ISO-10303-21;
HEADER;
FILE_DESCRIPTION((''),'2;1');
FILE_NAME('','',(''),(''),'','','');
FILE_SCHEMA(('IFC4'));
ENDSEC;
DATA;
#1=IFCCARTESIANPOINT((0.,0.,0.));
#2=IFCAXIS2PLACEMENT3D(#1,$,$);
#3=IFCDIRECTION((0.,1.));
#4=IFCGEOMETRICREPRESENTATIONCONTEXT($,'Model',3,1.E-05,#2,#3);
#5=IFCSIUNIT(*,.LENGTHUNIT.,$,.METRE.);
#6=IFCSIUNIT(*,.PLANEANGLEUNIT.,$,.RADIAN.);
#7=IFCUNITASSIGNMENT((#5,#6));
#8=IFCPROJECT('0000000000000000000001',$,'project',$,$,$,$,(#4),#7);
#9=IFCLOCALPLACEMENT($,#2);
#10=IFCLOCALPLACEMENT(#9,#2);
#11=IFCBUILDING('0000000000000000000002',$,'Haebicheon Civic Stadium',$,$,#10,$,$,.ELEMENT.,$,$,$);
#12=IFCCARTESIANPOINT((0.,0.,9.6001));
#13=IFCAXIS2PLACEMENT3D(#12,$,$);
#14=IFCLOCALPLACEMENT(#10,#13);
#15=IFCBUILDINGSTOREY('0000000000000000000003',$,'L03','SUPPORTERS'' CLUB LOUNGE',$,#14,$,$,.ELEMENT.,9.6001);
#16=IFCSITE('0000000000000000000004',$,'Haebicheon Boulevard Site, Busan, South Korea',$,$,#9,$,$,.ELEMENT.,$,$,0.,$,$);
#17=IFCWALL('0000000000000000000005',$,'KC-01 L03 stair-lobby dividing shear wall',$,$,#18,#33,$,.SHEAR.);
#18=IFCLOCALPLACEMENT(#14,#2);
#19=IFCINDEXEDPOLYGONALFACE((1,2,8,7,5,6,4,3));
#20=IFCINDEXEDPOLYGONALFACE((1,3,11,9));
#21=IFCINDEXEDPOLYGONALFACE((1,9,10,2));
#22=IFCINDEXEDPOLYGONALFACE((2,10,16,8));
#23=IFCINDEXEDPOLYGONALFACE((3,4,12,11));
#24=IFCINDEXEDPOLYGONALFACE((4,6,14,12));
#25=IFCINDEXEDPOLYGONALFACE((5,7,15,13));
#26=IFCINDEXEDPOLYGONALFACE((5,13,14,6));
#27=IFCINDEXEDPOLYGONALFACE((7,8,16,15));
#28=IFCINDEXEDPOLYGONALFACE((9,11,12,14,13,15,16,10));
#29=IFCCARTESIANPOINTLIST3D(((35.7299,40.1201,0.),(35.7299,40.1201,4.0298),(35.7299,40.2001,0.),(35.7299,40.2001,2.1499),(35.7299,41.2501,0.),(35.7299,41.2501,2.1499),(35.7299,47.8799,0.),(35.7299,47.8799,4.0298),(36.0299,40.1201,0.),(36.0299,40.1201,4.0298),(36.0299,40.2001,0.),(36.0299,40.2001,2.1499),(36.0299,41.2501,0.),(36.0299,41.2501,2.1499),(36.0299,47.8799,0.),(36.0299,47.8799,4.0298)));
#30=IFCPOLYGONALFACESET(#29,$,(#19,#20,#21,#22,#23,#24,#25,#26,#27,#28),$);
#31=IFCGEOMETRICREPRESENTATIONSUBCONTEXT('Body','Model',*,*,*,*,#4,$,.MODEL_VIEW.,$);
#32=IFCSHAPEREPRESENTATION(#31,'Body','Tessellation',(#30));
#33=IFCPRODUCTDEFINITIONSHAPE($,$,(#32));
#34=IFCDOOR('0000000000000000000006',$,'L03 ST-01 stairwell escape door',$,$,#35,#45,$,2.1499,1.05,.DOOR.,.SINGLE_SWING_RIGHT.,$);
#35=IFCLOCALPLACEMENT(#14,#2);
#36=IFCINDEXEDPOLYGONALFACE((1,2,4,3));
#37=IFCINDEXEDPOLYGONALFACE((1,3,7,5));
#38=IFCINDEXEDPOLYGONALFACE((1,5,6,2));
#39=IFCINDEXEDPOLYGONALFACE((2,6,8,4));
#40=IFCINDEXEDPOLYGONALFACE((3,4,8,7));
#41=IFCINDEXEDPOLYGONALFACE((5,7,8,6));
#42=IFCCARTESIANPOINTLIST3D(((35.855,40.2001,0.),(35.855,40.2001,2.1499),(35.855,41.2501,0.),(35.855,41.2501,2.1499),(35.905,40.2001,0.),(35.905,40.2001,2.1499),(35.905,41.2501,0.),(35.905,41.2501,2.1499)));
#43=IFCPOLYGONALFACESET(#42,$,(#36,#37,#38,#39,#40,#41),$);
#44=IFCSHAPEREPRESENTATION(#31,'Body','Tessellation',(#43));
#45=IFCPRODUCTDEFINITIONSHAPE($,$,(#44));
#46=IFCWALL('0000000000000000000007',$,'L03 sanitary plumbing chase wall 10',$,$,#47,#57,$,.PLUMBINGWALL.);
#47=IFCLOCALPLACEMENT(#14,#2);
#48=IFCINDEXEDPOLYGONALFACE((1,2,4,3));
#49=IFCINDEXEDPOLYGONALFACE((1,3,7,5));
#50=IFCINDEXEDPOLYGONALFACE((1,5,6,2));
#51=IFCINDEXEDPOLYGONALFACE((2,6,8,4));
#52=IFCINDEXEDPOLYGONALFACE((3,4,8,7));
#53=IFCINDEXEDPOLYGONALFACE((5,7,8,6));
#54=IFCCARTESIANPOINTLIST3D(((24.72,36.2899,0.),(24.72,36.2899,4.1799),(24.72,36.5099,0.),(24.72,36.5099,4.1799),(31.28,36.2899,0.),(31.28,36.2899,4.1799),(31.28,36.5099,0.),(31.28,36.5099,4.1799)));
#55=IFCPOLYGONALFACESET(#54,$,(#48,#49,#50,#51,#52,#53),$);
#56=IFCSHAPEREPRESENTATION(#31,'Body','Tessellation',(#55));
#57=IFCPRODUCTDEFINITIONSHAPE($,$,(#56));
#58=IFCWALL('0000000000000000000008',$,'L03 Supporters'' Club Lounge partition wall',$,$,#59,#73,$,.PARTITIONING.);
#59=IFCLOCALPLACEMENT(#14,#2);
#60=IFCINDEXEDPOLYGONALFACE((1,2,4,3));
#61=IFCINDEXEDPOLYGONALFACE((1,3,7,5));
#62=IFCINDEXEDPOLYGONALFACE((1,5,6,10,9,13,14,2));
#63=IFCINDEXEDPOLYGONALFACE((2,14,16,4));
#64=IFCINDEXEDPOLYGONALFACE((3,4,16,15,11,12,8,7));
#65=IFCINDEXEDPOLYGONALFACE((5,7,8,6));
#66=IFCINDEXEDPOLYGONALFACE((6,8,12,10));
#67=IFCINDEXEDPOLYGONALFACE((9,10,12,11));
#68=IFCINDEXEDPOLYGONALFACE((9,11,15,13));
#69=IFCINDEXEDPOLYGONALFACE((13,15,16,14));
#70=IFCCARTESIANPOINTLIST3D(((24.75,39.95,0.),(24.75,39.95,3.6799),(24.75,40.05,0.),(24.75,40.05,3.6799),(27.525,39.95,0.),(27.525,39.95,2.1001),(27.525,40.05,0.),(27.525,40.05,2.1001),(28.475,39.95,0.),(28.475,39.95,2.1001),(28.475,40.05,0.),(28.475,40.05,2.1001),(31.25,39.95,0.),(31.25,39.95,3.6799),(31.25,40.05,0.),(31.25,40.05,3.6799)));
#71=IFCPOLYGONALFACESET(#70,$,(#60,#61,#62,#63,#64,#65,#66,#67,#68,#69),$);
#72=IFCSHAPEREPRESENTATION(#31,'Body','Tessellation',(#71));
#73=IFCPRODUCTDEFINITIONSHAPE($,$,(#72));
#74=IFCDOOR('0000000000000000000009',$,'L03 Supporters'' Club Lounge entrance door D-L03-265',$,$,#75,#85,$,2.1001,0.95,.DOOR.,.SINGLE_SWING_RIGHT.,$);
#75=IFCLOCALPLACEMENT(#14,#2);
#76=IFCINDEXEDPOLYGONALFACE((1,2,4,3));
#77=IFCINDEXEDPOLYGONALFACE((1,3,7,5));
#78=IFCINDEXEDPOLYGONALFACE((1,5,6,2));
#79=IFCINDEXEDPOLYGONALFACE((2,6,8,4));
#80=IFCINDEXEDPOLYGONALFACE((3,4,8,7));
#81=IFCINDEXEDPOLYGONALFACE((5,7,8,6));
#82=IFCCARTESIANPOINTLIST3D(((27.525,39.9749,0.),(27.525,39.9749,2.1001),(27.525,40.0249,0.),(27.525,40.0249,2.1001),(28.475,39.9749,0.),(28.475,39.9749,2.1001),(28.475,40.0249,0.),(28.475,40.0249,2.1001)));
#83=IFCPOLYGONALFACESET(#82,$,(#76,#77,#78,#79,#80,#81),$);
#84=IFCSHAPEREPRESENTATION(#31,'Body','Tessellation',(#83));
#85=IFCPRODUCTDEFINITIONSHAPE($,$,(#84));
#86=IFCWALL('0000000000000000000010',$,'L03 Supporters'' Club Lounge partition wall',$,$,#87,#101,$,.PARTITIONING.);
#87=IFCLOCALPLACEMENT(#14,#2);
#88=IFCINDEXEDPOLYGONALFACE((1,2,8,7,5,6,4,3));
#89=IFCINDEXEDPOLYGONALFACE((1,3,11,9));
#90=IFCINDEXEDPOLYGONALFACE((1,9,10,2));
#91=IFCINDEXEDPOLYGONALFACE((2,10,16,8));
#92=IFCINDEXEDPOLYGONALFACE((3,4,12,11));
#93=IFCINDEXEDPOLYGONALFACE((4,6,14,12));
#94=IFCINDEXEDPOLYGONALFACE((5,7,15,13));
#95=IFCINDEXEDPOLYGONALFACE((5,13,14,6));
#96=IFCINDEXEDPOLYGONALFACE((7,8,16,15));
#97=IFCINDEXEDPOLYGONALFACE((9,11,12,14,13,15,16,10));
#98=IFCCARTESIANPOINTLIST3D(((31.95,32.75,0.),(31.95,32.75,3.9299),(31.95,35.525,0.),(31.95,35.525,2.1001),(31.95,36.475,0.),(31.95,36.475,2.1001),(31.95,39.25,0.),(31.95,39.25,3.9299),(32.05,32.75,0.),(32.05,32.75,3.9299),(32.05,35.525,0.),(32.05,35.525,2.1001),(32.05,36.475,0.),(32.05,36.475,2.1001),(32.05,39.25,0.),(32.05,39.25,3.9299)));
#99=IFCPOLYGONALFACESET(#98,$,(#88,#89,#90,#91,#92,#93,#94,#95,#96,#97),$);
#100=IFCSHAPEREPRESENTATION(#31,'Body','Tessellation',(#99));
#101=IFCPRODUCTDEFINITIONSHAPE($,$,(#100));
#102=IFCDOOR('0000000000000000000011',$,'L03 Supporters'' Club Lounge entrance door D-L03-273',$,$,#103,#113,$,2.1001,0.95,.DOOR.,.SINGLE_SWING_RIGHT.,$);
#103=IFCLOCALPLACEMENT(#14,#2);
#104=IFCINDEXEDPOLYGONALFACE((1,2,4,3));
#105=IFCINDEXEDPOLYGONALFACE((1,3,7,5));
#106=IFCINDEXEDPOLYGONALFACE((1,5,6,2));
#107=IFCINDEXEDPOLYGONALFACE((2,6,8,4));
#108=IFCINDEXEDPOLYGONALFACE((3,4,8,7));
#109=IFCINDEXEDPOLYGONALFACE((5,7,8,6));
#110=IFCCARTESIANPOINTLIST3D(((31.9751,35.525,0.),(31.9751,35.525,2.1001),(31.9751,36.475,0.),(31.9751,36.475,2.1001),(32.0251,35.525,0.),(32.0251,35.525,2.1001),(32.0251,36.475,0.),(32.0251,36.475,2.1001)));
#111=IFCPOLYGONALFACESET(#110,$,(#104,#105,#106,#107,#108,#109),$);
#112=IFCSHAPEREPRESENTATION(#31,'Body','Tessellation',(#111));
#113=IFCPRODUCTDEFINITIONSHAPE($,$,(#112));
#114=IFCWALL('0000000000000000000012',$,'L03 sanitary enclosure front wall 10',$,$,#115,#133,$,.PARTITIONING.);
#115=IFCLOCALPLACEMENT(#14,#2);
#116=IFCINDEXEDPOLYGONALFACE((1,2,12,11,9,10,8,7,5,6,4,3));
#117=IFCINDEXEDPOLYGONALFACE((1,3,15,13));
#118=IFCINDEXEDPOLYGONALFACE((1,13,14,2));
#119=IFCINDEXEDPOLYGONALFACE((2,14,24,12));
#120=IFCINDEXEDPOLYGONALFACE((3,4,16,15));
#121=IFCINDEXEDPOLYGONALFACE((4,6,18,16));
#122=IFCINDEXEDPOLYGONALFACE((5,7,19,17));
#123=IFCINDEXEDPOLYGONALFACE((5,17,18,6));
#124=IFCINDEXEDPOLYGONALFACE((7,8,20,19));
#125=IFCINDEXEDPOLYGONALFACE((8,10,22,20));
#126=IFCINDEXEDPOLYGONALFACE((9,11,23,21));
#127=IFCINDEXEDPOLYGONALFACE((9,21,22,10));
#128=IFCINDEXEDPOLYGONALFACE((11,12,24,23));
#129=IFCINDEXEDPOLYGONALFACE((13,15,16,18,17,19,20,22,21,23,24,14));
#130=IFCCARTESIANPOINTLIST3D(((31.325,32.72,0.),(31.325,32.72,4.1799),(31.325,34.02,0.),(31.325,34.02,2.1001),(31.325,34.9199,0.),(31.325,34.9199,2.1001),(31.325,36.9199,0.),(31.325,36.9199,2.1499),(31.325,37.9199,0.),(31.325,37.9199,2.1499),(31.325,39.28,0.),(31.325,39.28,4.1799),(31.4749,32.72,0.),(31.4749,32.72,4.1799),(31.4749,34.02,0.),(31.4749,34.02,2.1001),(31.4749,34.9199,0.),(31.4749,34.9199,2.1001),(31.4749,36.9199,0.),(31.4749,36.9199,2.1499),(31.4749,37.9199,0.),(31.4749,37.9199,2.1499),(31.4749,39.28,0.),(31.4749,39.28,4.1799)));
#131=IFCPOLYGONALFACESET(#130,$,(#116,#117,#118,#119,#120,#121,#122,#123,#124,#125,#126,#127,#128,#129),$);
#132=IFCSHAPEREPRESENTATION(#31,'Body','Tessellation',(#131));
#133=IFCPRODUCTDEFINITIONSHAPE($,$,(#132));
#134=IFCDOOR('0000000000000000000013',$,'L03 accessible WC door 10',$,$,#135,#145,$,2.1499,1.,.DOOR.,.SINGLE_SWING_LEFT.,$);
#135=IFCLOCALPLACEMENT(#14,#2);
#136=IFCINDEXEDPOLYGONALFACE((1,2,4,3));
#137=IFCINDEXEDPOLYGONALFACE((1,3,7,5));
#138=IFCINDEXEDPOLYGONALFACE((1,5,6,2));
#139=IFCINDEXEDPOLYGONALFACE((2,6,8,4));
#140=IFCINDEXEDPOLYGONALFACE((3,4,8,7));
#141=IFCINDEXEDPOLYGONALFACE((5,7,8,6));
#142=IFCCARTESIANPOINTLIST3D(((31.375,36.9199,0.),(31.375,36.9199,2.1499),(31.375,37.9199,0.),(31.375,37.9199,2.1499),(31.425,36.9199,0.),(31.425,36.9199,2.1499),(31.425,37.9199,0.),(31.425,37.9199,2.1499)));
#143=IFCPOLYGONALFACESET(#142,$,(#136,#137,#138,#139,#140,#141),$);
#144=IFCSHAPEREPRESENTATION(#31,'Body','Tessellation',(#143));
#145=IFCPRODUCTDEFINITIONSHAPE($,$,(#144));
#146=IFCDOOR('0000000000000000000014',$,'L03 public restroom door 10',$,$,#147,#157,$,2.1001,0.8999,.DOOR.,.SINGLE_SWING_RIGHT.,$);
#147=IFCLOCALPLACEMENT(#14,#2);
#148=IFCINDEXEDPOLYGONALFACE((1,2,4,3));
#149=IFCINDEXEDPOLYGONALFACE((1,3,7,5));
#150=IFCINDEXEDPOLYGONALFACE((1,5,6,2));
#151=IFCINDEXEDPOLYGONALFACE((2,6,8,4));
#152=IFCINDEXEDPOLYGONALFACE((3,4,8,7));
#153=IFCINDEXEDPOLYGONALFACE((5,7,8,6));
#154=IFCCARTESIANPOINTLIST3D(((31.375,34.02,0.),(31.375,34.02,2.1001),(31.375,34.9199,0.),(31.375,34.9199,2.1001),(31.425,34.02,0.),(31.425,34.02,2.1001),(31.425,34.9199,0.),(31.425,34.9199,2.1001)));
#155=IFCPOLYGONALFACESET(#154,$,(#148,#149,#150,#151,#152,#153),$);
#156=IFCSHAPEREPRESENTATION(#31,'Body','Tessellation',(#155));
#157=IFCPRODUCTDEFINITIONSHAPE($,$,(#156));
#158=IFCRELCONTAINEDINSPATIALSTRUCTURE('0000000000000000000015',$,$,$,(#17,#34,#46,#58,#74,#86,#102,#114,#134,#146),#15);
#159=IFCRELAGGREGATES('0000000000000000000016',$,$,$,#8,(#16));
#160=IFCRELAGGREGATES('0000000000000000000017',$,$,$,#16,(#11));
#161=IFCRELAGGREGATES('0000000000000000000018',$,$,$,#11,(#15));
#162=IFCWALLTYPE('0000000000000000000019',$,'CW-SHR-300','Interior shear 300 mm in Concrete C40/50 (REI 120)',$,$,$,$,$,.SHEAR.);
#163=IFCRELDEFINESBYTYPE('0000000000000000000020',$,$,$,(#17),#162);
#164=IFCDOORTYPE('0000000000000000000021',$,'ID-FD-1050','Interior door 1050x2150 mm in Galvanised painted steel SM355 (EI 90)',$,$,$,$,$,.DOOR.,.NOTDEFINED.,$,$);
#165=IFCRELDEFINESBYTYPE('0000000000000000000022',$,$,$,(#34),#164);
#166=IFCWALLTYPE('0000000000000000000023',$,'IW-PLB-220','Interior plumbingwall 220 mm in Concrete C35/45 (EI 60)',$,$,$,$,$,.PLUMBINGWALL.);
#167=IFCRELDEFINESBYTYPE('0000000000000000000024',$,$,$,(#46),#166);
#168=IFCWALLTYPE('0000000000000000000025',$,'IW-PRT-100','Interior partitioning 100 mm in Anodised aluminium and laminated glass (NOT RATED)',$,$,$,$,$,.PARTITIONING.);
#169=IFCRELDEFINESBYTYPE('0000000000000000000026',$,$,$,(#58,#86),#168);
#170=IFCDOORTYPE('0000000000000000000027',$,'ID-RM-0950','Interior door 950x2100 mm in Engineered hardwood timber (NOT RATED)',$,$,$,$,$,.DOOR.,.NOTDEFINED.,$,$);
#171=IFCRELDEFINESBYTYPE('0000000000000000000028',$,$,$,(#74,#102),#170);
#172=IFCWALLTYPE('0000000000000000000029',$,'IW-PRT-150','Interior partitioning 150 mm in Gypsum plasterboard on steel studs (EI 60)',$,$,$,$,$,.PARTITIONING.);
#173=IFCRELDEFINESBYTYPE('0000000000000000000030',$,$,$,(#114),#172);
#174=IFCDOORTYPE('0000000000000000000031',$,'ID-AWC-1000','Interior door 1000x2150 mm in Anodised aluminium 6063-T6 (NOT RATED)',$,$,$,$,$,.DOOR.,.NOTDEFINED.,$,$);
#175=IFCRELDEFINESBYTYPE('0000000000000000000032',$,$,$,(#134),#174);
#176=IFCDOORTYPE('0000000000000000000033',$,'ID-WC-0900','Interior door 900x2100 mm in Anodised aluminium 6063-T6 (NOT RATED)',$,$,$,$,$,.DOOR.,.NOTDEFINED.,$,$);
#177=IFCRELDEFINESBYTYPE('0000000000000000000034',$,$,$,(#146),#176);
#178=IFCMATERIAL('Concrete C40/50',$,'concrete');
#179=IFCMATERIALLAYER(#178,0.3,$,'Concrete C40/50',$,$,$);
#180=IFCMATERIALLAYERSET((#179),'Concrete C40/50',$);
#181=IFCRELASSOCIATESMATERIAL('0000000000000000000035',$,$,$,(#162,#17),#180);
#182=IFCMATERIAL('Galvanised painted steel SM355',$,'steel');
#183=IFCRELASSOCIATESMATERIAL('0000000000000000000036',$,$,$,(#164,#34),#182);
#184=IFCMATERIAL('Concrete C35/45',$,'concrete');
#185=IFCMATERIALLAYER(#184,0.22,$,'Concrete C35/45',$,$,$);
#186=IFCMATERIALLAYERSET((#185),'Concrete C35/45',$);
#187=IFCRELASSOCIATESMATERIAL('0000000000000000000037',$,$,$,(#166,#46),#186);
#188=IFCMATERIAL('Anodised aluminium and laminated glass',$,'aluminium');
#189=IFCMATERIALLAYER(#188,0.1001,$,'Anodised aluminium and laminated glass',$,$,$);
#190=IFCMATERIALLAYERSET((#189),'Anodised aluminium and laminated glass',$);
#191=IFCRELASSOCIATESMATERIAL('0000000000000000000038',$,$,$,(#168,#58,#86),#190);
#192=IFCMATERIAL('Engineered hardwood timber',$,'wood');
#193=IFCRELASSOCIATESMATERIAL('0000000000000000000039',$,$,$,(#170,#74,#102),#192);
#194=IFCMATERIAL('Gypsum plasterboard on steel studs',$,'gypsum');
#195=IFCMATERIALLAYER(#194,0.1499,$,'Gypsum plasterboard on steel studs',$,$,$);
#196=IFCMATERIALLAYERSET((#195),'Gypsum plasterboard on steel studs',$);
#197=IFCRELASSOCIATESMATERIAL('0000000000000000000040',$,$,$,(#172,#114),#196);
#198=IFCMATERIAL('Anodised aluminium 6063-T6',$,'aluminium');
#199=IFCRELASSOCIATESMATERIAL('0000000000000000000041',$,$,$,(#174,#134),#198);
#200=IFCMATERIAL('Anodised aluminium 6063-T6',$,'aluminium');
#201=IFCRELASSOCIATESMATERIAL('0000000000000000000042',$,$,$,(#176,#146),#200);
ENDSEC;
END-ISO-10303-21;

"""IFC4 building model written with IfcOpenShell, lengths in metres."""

from ifc_helpers import new_model, si_unit, direction, frame, frame_2d, origin, place, context, subcontext, project, spatial, rectangle, extrude, material, layer, layer_set, type_object, element, fill, save


model = new_model("IFC4")

# Units and contexts
model_context = context("Model", 3, precision=1e-05, world=origin(), true_north=direction((0.0, 1.0)))
body_context = subcontext(model_context, "Body", "Model", "MODEL_VIEW")
ifc_project = project(units=[si_unit("LENGTHUNIT", "METRE"), si_unit("PLANEANGLEUNIT", "RADIAN")], contexts=[model_context])

# Site, building, storey
site_placement = place(None, origin())
site = spatial("IfcSite", under=ifc_project, at=site_placement, Name="Haebicheon Boulevard Site, Busan, South Korea", CompositionType="ELEMENT", RefElevation=0.0)
building_placement = place(site_placement, origin())
building = spatial("IfcBuilding", under=site, at=building_placement, Name="Haebicheon Civic Stadium", CompositionType="ELEMENT")
storey_placement = place(building_placement, frame((0.0, 0.0, 9.6001)))
storey = spatial("IfcBuildingStorey", under=building, at=storey_placement, Name="L03", Description="SUPPORTERS' CLUB LOUNGE", CompositionType="ELEMENT", Elevation=9.6001)

# Wall, opening, door
ifc_material_1 = material(Name="Concrete C40/50", Category="concrete")
ifc_layer_1 = layer(ifc_material_1, 0.3, Name="Concrete C40/50")
ifc_layer_set_1 = layer_set([ifc_layer_1], Name="Concrete C40/50")
wall_type_1 = type_object("IfcWallType", Name="CW-SHR-300", Description="Interior shear 300 mm in Concrete C40/50 (REI 120)", PredefinedType="SHEAR", material=ifc_layer_set_1)
wall_1_placement = place(storey_placement, frame((35.8799, 40.1201, 0.0), z_axis=(0.0, 0.0, 1.0), x_axis=(0.0, 1.0, 0.0)))
wall_1 = element("IfcWall", 1, at=wall_1_placement, inside=storey, type_object=wall_type_1, material=ifc_layer_set_1, Name="KC-01 L03 stair-lobby dividing shear wall", PredefinedType="SHEAR", context=body_context, shape_type="SweptSolid", body=[
    extrude(rectangle(XDim=7.7598, YDim=0.3, at=frame_2d((3.8799, 0.0))), origin(), (0.0, 0.0, 1.0), 4.0298),
])
opening_1_placement = place(wall_1_placement, frame((0.0801, 0.0, 0.0)))
opening_1 = element("IfcOpeningElement", 2, at=opening_1_placement, cuts=wall_1, PredefinedType="OPENING", context=body_context, shape_type="SweptSolid", body=[
    extrude(rectangle(XDim=1.05, YDim=2.1499, at=frame_2d((0.5249, 1.075))), frame((0.0, 0.1599, 0.0), z_axis=(0.0, -1.0, 0.0), x_axis=(1.0, 0.0, 0.0)), (0.0, 0.0, 1.0), 0.3201),
])
ifc_material_2 = material(Name="Galvanised painted steel SM355", Category="steel")
door_type_1 = type_object("IfcDoorType", Name="ID-FD-1050", Description="Interior door 1050x2150 mm in Galvanised painted steel SM355 (EI 90)", OperationType="NOTDEFINED", PredefinedType="DOOR", material=ifc_material_2)
door_1_placement = place(opening_1_placement, origin())
door_1 = element("IfcDoor", 3, at=door_1_placement, inside=storey, type_object=door_type_1, material=ifc_material_2, Name="L03 ST-01 stairwell escape door", OperationType="SINGLE_SWING_RIGHT", OverallHeight=2.1499, OverallWidth=1.05, PredefinedType="DOOR", context=body_context, shape_type="SweptSolid", body=[
    extrude(rectangle(XDim=1.05, YDim=2.1499, at=frame_2d((0.5249, 1.075))), frame((0.0, 0.0249, 0.0), z_axis=(0.0, -1.0, 0.0), x_axis=(1.0, 0.0, 0.0)), (0.0, 0.0, 1.0), 0.05),
])
fill(opening_1, door_1)

# Wall
ifc_material_3 = material(Name="Concrete C35/45", Category="concrete")
ifc_layer_2 = layer(ifc_material_3, 0.22, Name="Concrete C35/45")
ifc_layer_set_2 = layer_set([ifc_layer_2], Name="Concrete C35/45")
wall_type_2 = type_object("IfcWallType", Name="IW-PLB-220", Description="Interior plumbingwall 220 mm in Concrete C35/45 (EI 60)", PredefinedType="PLUMBINGWALL", material=ifc_layer_set_2)
wall_2_placement = place(storey_placement, frame((24.72, 36.3999, 0.0), z_axis=(0.0, 0.0, 1.0), x_axis=(1.0, 0.0, 0.0)))
element("IfcWall", 4, at=wall_2_placement, inside=storey, type_object=wall_type_2, material=ifc_layer_set_2, Name="L03 sanitary plumbing chase wall 10", PredefinedType="PLUMBINGWALL", context=body_context, shape_type="SweptSolid", body=[
    extrude(rectangle(XDim=6.5601, YDim=0.22, at=frame_2d((3.28, 0.0))), origin(), (0.0, 0.0, 1.0), 4.1799),
])

# Walls, openings, doors
ifc_material_4 = material(Name="Anodised aluminium and laminated glass", Category="aluminium")
ifc_layer_3 = layer(ifc_material_4, 0.1001, Name="Anodised aluminium and laminated glass")
ifc_layer_set_3 = layer_set([ifc_layer_3], Name="Anodised aluminium and laminated glass")
wall_type_3 = type_object("IfcWallType", Name="IW-PRT-100", Description="Interior partitioning 100 mm in Anodised aluminium and laminated glass (NOT RATED)", PredefinedType="PARTITIONING", material=ifc_layer_set_3)
wall_3_placement = place(storey_placement, frame((24.75, 40.0, 0.0), z_axis=(0.0, 0.0, 1.0), x_axis=(1.0, 0.0, 0.0)))
wall_3 = element("IfcWall", 5, at=wall_3_placement, inside=storey, type_object=wall_type_3, material=ifc_layer_set_3, Name="L03 Supporters' Club Lounge partition wall", PredefinedType="PARTITIONING", context=body_context, shape_type="SweptSolid", body=[
    extrude(rectangle(XDim=6.5, YDim=0.1001, at=frame_2d((3.25, 0.0))), origin(), (0.0, 0.0, 1.0), 3.6799),
])
opening_2_placement = place(wall_3_placement, frame((2.7749, 0.0, 0.0)))
opening_2 = element("IfcOpeningElement", 6, at=opening_2_placement, cuts=wall_3, PredefinedType="OPENING", context=body_context, shape_type="SweptSolid", body=[
    extrude(rectangle(XDim=0.95, YDim=2.1001, at=frame_2d((0.4751, 1.05))), frame((0.0, 0.0601, 0.0), z_axis=(0.0, -1.0, 0.0), x_axis=(1.0, 0.0, 0.0)), (0.0, 0.0, 1.0), 0.1201),
])
ifc_material_5 = material(Name="Engineered hardwood timber", Category="wood")
door_type_2 = type_object("IfcDoorType", Name="ID-RM-0950", Description="Interior door 950x2100 mm in Engineered hardwood timber (NOT RATED)", OperationType="NOTDEFINED", PredefinedType="DOOR", material=ifc_material_5)
door_2_placement = place(opening_2_placement, origin())
door_2 = element("IfcDoor", 7, at=door_2_placement, inside=storey, type_object=door_type_2, material=ifc_material_5, Name="L03 Supporters' Club Lounge entrance door D-L03-265", OperationType="SINGLE_SWING_RIGHT", OverallHeight=2.1001, OverallWidth=0.95, PredefinedType="DOOR", context=body_context, shape_type="SweptSolid", body=[
    extrude(rectangle(XDim=0.95, YDim=2.1001, at=frame_2d((0.4751, 1.05))), frame((0.0, 0.0249, 0.0), z_axis=(0.0, -1.0, 0.0), x_axis=(1.0, 0.0, 0.0)), (0.0, 0.0, 1.0), 0.05),
])
fill(opening_2, door_2)
wall_4_placement = place(storey_placement, frame((32.0, 32.75, 0.0), z_axis=(0.0, 0.0, 1.0), x_axis=(0.0, 1.0, 0.0)))
wall_4 = element("IfcWall", 8, at=wall_4_placement, inside=storey, type_object=wall_type_3, material=ifc_layer_set_3, Name="L03 Supporters' Club Lounge partition wall", PredefinedType="PARTITIONING", context=body_context, shape_type="SweptSolid", body=[
    extrude(rectangle(XDim=6.5, YDim=0.1001, at=frame_2d((3.25, 0.0))), origin(), (0.0, 0.0, 1.0), 3.9299),
])
opening_3_placement = place(wall_4_placement, frame((2.7749, 0.0, 0.0)))
opening_3 = element("IfcOpeningElement", 9, at=opening_3_placement, cuts=wall_4, PredefinedType="OPENING", context=body_context, shape_type="SweptSolid", body=[
    extrude(rectangle(XDim=0.95, YDim=2.1001, at=frame_2d((0.4751, 1.05))), frame((0.0, 0.0601, 0.0), z_axis=(0.0, -1.0, 0.0), x_axis=(1.0, 0.0, 0.0)), (0.0, 0.0, 1.0), 0.1201),
])
door_3_placement = place(opening_3_placement, origin())
door_3 = element("IfcDoor", 10, at=door_3_placement, inside=storey, type_object=door_type_2, material=ifc_material_5, Name="L03 Supporters' Club Lounge entrance door D-L03-273", OperationType="SINGLE_SWING_RIGHT", OverallHeight=2.1001, OverallWidth=0.95, PredefinedType="DOOR", context=body_context, shape_type="SweptSolid", body=[
    extrude(rectangle(XDim=0.95, YDim=2.1001, at=frame_2d((0.4751, 1.05))), frame((0.0, 0.0249, 0.0), z_axis=(0.0, -1.0, 0.0), x_axis=(1.0, 0.0, 0.0)), (0.0, 0.0, 1.0), 0.05),
])
fill(opening_3, door_3)

# Wall, openings, doors
ifc_material_6 = material(Name="Gypsum plasterboard on steel studs", Category="gypsum")
ifc_layer_4 = layer(ifc_material_6, 0.1499, Name="Gypsum plasterboard on steel studs")
ifc_layer_set_4 = layer_set([ifc_layer_4], Name="Gypsum plasterboard on steel studs")
wall_type_4 = type_object("IfcWallType", Name="IW-PRT-150", Description="Interior partitioning 150 mm in Gypsum plasterboard on steel studs (EI 60)", PredefinedType="PARTITIONING", material=ifc_layer_set_4)
wall_5_placement = place(storey_placement, frame((31.3999, 32.72, 0.0), z_axis=(0.0, 0.0, 1.0), x_axis=(0.0, 1.0, 0.0)))
wall_5 = element("IfcWall", 11, at=wall_5_placement, inside=storey, type_object=wall_type_4, material=ifc_layer_set_4, Name="L03 sanitary enclosure front wall 10", PredefinedType="PARTITIONING", context=body_context, shape_type="SweptSolid", body=[
    extrude(rectangle(XDim=6.5601, YDim=0.1499, at=frame_2d((3.28, 0.0))), origin(), (0.0, 0.0, 1.0), 4.1799),
])
opening_4_placement = place(wall_5_placement, frame((1.3, 0.0, 0.0)))
opening_4 = element("IfcOpeningElement", 12, at=opening_4_placement, cuts=wall_5, PredefinedType="OPENING", context=body_context, shape_type="SweptSolid", body=[
    extrude(rectangle(XDim=0.8999, YDim=2.1001, at=frame_2d((0.45, 1.05))), frame((0.0, 0.085, 0.0), z_axis=(0.0, -1.0, 0.0), x_axis=(1.0, 0.0, 0.0)), (0.0, 0.0, 1.0), 0.1699),
])
opening_5_placement = place(wall_5_placement, frame((4.2, 0.0, 0.0)))
opening_5 = element("IfcOpeningElement", 13, at=opening_5_placement, cuts=wall_5, PredefinedType="OPENING", context=body_context, shape_type="SweptSolid", body=[
    extrude(rectangle(XDim=1.0, YDim=2.1499, at=frame_2d((0.5, 1.075))), frame((0.0, 0.085, 0.0), z_axis=(0.0, -1.0, 0.0), x_axis=(1.0, 0.0, 0.0)), (0.0, 0.0, 1.0), 0.1699),
])
ifc_material_7 = material(Name="Anodised aluminium 6063-T6", Category="aluminium")
door_type_3 = type_object("IfcDoorType", Name="ID-AWC-1000", Description="Interior door 1000x2150 mm in Anodised aluminium 6063-T6 (NOT RATED)", OperationType="NOTDEFINED", PredefinedType="DOOR", material=ifc_material_7)
door_4_placement = place(opening_5_placement, origin())
door_4 = element("IfcDoor", 14, at=door_4_placement, inside=storey, type_object=door_type_3, material=ifc_material_7, Name="L03 accessible WC door 10", OperationType="SINGLE_SWING_LEFT", OverallHeight=2.1499, OverallWidth=1.0, PredefinedType="DOOR", context=body_context, shape_type="SweptSolid", body=[
    extrude(rectangle(XDim=1.0, YDim=2.1499, at=frame_2d((0.5, 1.075))), frame((0.0, 0.0249, 0.0), z_axis=(0.0, -1.0, 0.0), x_axis=(1.0, 0.0, 0.0)), (0.0, 0.0, 1.0), 0.05),
])
fill(opening_5, door_4)
ifc_material_8 = material(Name="Anodised aluminium 6063-T6", Category="aluminium")
door_type_4 = type_object("IfcDoorType", Name="ID-WC-0900", Description="Interior door 900x2100 mm in Anodised aluminium 6063-T6 (NOT RATED)", OperationType="NOTDEFINED", PredefinedType="DOOR", material=ifc_material_8)
door_5_placement = place(opening_4_placement, origin())
door_5 = element("IfcDoor", 15, at=door_5_placement, inside=storey, type_object=door_type_4, material=ifc_material_8, Name="L03 public restroom door 10", OperationType="SINGLE_SWING_RIGHT", OverallHeight=2.1001, OverallWidth=0.8999, PredefinedType="DOOR", context=body_context, shape_type="SweptSolid", body=[
    extrude(rectangle(XDim=0.8999, YDim=2.1001, at=frame_2d((0.45, 1.05))), frame((0.0, 0.0249, 0.0), z_axis=(0.0, -1.0, 0.0), x_axis=(1.0, 0.0, 0.0)), (0.0, 0.0, 1.0), 0.05),
])
fill(opening_4, door_5)

save(model, "model.ifc")
